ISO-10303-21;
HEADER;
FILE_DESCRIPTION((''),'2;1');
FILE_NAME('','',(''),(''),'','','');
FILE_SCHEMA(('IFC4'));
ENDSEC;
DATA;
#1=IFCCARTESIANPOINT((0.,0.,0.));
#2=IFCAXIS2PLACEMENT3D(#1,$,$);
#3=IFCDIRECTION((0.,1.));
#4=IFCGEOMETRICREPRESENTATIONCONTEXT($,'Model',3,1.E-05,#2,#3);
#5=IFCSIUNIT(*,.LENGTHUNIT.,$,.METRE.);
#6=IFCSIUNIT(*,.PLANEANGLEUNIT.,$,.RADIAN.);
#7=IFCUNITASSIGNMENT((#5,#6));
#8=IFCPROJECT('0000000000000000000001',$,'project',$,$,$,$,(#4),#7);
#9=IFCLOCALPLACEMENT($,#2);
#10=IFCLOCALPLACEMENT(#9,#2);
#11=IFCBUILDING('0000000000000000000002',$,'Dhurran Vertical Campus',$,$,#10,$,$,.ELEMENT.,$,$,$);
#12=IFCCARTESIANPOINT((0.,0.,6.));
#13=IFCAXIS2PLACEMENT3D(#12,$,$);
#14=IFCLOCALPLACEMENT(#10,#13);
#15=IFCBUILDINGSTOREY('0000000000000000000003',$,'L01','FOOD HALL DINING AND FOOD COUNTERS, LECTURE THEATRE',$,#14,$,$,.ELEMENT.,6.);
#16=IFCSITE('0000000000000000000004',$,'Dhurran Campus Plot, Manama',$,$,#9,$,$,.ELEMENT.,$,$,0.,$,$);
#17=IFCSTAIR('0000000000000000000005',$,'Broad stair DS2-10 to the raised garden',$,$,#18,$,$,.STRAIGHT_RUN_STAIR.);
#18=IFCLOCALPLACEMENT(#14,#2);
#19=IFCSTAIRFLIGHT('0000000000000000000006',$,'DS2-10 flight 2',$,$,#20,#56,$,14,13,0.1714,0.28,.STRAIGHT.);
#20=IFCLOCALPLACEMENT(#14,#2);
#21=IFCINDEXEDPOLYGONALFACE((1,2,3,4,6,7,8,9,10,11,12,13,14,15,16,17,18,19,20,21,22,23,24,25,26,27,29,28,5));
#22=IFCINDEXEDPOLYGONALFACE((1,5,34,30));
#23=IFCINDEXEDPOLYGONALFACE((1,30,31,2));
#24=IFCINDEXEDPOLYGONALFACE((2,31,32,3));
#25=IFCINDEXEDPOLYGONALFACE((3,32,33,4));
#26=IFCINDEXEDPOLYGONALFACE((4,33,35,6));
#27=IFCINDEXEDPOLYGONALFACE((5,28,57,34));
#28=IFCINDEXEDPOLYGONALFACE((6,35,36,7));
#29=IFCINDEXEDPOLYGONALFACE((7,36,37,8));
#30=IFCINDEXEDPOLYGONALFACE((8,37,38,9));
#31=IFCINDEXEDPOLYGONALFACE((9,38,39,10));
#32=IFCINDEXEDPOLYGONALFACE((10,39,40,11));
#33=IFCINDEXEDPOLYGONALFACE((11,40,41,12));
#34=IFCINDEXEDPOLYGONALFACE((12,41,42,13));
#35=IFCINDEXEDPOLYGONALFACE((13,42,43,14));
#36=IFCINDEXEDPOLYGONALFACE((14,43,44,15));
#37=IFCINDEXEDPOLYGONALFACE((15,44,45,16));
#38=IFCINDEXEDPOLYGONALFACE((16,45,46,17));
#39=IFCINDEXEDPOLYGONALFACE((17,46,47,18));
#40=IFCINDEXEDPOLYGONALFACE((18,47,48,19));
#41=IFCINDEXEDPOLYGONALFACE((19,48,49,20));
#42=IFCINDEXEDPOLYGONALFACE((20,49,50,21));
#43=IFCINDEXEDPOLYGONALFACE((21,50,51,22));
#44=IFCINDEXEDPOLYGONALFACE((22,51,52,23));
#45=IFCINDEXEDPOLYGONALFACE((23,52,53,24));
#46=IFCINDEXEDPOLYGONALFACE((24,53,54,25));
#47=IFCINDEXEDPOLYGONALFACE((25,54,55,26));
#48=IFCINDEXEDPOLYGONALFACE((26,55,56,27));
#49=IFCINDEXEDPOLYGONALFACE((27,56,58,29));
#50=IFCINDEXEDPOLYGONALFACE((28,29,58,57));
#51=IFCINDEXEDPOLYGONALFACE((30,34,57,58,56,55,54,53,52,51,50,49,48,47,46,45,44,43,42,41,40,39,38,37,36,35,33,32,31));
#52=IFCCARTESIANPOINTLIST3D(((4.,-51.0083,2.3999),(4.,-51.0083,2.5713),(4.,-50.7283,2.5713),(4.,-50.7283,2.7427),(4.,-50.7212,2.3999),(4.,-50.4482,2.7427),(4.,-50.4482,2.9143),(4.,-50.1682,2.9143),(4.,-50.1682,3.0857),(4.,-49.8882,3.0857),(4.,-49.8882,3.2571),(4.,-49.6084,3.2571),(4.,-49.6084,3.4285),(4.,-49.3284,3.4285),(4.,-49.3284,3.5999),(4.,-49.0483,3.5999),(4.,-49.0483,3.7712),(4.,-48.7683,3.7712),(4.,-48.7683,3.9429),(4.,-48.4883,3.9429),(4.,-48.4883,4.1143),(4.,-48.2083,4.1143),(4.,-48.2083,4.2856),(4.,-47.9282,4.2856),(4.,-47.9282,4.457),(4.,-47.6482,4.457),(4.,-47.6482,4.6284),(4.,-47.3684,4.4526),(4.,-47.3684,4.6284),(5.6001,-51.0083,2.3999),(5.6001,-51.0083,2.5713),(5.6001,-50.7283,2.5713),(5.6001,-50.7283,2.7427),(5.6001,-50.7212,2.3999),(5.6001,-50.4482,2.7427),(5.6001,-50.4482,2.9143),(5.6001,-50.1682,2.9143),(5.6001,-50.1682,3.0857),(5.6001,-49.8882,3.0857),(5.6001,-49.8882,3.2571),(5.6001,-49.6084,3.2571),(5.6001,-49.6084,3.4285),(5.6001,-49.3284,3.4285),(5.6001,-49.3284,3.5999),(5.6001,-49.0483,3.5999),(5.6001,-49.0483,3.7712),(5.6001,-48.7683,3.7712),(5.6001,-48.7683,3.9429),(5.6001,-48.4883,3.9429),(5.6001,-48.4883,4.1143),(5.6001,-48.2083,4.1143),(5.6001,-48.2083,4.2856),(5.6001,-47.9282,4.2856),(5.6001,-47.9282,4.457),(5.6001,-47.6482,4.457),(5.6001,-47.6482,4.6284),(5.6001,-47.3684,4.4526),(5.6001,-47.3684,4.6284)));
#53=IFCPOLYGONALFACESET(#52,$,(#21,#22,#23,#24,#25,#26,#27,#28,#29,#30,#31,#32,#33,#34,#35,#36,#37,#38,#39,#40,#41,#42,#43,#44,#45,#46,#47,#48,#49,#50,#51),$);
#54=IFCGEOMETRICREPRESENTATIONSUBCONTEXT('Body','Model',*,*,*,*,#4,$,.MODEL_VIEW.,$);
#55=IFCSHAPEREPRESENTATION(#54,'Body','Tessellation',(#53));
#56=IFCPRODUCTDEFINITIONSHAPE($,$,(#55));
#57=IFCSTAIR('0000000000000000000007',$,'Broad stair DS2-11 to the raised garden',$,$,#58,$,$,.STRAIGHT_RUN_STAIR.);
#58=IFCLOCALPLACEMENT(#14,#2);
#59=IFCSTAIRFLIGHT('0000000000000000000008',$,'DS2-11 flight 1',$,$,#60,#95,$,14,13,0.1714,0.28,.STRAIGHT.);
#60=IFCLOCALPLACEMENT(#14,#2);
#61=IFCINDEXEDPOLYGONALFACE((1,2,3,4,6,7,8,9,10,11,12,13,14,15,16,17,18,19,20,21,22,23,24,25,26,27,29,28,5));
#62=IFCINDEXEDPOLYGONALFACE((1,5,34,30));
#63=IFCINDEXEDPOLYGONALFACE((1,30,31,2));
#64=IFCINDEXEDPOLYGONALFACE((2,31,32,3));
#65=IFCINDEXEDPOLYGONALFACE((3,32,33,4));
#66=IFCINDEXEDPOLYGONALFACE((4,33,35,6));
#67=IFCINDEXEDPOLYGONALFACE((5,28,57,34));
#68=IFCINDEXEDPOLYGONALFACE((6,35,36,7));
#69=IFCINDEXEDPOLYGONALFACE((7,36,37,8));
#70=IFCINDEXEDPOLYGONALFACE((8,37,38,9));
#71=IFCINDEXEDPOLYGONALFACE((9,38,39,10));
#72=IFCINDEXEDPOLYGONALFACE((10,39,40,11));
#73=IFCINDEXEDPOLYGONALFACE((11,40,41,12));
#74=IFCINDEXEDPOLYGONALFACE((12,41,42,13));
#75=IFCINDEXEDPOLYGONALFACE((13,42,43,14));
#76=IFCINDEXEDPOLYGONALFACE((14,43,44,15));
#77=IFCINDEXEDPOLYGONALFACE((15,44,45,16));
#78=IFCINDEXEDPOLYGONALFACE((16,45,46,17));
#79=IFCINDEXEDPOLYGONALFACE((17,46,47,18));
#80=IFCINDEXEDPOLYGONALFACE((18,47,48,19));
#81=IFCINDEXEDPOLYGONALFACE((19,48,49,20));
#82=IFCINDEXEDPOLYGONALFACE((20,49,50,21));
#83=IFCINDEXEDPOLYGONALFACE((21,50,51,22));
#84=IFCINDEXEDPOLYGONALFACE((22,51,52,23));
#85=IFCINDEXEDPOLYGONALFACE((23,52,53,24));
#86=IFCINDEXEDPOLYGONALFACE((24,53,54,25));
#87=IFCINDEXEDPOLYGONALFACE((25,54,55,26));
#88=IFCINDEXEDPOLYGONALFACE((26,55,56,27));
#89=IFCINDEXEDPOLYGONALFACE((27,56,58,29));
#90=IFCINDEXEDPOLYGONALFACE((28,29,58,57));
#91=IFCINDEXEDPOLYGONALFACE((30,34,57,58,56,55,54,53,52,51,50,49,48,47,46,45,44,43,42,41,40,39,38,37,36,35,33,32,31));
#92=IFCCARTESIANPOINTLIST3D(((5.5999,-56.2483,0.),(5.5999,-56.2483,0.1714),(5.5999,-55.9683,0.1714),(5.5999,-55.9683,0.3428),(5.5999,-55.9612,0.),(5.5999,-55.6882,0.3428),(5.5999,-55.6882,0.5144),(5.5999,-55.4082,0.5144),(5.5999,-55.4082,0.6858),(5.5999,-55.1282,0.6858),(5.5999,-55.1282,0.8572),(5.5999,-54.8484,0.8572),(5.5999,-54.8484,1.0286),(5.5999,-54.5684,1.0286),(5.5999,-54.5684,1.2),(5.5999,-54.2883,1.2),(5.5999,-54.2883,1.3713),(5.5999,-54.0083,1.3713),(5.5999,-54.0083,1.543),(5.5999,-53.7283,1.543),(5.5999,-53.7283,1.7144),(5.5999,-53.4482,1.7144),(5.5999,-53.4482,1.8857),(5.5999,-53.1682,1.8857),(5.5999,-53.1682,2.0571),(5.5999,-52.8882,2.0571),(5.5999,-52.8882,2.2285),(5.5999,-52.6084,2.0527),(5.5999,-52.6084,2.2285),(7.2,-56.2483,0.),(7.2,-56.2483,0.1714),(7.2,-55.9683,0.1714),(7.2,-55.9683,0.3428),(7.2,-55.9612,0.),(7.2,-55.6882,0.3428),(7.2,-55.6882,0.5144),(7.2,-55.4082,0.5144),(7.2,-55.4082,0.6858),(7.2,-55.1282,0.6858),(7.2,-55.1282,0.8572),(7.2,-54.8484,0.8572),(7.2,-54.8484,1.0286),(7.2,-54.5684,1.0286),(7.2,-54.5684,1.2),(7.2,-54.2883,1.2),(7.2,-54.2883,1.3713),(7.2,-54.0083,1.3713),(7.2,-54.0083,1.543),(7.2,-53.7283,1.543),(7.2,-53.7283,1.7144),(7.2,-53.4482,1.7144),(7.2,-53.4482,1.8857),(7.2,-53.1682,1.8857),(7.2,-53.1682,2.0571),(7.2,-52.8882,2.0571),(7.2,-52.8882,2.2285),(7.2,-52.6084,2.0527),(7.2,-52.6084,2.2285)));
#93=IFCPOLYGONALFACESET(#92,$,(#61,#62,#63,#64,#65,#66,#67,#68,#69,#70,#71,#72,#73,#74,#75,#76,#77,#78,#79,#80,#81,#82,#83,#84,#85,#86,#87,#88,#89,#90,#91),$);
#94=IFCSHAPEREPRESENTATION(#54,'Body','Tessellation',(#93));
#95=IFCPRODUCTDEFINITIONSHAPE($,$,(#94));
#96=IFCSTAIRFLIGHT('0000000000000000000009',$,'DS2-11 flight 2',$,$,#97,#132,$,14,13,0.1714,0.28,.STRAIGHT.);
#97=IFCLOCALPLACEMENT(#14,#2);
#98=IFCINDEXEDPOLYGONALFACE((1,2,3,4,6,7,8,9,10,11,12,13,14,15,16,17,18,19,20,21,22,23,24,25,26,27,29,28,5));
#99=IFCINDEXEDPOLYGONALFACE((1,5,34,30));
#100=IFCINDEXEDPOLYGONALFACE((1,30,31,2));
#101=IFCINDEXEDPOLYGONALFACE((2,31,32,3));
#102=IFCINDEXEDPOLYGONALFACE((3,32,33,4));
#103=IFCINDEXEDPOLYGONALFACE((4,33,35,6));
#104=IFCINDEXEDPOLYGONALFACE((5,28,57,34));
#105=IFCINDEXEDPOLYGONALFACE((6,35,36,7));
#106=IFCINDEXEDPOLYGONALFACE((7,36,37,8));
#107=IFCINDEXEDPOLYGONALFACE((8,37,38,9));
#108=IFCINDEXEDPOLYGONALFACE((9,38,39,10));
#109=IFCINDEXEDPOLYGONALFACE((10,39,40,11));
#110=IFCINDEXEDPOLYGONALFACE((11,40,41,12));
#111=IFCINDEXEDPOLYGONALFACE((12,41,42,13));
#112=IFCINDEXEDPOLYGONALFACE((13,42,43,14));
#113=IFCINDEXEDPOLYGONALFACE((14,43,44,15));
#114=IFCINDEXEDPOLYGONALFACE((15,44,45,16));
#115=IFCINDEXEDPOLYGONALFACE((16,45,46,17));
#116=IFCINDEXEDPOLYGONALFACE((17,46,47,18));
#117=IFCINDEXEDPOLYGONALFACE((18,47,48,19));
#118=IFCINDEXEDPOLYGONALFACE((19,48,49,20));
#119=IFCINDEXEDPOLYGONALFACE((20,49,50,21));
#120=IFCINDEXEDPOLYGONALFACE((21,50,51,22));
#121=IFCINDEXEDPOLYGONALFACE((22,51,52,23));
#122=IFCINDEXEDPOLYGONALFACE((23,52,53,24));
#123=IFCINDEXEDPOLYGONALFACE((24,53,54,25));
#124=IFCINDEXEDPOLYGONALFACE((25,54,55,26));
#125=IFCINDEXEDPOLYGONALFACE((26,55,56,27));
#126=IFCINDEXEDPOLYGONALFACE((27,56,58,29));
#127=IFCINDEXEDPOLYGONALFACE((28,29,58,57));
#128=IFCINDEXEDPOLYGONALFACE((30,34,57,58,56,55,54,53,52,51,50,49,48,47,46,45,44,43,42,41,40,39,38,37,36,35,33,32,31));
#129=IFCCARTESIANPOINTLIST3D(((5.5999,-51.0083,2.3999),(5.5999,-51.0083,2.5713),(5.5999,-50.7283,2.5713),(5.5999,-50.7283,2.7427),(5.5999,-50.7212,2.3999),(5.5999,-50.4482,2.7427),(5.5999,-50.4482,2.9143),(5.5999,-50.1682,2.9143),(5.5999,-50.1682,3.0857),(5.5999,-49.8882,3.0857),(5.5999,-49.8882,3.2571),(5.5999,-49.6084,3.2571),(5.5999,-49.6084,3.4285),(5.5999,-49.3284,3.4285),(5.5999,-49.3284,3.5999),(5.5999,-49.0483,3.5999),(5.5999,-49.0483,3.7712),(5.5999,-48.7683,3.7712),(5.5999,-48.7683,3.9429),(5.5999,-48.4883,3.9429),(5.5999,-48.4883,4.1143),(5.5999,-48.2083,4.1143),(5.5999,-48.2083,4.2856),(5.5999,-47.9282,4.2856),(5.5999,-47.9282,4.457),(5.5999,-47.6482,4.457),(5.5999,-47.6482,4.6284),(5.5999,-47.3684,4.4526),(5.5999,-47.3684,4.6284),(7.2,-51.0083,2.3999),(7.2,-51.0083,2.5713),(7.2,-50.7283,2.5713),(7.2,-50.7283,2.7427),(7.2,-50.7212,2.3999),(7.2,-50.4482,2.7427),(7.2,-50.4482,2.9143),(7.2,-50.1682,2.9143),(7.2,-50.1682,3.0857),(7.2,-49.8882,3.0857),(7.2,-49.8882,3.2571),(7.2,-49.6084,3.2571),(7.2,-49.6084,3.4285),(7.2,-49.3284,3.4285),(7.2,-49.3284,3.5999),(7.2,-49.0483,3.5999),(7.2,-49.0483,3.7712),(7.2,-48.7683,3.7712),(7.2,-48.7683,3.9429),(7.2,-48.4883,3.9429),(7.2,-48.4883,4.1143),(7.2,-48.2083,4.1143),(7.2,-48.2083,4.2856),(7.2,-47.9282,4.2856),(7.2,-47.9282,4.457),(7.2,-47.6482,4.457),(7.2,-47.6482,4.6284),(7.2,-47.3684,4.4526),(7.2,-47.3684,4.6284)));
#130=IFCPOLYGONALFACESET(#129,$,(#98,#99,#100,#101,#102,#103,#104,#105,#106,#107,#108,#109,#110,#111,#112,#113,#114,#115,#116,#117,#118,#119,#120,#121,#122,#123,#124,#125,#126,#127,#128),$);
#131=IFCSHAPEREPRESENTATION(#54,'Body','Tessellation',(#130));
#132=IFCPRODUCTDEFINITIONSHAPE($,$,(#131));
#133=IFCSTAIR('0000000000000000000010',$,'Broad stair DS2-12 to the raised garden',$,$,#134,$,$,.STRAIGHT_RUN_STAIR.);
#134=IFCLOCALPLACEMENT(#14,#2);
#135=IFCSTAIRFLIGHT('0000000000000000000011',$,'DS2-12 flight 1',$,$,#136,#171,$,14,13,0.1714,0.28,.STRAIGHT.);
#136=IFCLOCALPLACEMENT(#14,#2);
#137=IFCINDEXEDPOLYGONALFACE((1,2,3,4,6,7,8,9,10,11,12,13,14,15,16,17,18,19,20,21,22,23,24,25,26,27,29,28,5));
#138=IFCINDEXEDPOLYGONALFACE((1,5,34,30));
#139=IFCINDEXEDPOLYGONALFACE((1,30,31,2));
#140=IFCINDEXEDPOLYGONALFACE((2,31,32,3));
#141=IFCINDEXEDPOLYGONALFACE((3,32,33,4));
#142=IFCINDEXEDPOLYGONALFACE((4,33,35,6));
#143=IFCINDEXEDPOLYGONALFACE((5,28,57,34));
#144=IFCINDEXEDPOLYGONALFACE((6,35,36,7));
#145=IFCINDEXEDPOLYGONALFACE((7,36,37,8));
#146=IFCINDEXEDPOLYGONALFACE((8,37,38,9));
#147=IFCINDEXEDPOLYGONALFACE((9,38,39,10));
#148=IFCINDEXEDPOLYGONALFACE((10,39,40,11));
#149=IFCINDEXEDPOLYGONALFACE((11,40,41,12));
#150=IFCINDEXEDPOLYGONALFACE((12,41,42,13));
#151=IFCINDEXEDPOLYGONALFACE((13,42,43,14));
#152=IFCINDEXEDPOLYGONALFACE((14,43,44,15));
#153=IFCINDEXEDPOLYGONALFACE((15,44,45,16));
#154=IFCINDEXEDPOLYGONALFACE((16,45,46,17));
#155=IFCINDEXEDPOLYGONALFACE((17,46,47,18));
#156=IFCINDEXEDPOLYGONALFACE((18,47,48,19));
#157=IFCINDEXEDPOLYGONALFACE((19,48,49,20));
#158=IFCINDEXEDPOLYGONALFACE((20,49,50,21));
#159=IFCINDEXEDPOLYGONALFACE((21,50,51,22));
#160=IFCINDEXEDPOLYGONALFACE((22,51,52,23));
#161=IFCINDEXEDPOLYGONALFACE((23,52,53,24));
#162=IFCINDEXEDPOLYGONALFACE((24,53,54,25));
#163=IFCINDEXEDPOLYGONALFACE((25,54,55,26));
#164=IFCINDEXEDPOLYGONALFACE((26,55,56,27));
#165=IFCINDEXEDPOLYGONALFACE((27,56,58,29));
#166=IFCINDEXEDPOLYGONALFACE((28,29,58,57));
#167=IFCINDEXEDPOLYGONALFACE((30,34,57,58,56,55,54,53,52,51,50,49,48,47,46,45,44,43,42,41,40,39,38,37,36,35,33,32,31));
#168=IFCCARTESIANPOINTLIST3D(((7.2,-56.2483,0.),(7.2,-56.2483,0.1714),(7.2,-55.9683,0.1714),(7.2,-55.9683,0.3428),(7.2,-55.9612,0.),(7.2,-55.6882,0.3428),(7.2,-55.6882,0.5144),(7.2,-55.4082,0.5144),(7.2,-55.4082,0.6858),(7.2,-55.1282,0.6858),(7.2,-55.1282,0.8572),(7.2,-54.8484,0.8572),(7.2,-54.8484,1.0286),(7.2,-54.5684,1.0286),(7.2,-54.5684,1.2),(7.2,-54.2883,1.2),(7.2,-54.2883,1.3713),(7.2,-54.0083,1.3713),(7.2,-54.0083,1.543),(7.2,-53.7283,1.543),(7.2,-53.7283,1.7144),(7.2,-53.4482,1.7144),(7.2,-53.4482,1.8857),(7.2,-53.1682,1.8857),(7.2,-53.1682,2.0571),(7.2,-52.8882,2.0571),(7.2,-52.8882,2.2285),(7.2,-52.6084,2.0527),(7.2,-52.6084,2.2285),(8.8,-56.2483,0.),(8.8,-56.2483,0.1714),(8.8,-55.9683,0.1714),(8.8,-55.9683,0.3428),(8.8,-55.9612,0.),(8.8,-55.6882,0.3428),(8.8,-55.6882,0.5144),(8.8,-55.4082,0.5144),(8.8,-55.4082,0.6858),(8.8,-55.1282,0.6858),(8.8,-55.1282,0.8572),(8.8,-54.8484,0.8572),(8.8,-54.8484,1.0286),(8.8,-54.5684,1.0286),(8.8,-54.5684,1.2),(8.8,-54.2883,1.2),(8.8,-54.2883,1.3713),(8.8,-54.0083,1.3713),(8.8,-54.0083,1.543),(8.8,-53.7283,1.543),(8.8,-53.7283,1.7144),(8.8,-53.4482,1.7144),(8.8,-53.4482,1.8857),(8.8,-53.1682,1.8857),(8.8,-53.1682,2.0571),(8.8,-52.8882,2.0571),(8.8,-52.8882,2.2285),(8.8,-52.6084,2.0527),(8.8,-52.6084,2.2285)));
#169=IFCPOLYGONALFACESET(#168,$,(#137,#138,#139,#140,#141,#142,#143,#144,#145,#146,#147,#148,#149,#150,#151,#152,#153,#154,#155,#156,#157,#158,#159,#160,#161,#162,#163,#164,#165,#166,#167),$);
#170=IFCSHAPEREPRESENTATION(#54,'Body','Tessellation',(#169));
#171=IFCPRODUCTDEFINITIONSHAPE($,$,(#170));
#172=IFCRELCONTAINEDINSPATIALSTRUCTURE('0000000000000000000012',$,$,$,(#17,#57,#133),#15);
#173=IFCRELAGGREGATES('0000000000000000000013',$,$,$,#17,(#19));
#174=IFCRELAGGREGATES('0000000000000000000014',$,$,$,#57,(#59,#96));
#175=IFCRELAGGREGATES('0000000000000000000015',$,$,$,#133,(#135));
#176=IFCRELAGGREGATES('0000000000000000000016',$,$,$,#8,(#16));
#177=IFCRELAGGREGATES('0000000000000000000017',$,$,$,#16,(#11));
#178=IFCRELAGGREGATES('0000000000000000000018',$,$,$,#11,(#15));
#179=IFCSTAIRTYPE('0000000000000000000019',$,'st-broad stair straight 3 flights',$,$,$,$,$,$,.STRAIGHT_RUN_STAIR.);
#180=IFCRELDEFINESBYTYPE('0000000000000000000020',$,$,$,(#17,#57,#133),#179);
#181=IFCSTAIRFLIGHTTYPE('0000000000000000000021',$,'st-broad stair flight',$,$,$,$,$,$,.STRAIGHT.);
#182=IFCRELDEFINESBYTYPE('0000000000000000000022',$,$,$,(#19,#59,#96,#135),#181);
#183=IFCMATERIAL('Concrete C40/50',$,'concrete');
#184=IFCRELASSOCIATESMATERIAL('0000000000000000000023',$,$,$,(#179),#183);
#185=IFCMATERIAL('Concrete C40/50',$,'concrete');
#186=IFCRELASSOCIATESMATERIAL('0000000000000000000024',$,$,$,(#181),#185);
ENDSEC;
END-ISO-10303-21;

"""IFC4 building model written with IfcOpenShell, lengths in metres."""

from ifc_helpers import new_model, si_unit, direction, frame, origin, place, context, subcontext, project, spatial, polyline, outline, extrude, material, type_object, element, aggregate, save


model = new_model("IFC4")

# Units and contexts
model_context = context("Model", 3, precision=1e-05, world=origin(), true_north=direction((0.0, 1.0)))
body_context = subcontext(model_context, "Body", "Model", "MODEL_VIEW")
ifc_project = project(units=[si_unit("LENGTHUNIT", "METRE"), si_unit("PLANEANGLEUNIT", "RADIAN")], contexts=[model_context])

# Site, building, storey
site_placement = place(None, origin())
site = spatial("IfcSite", under=ifc_project, at=site_placement, Name="Dhurran Campus Plot, Manama", CompositionType="ELEMENT", RefElevation=0.0)
building_placement = place(site_placement, origin())
building = spatial("IfcBuilding", under=site, at=building_placement, Name="Dhurran Vertical Campus", CompositionType="ELEMENT")
storey_placement = place(building_placement, frame((0.0, 0.0, 6.0)))
storey = spatial("IfcBuildingStorey", under=building, at=storey_placement, Name="L01", Description="FOOD HALL DINING AND FOOD COUNTERS, LECTURE THEATRE", CompositionType="ELEMENT", Elevation=6.0)

# Stairs, stair flights
ifc_material_1 = material(Name="Concrete C40/50", Category="concrete")
stair_type = type_object("IfcStairType", Name="st-broad stair straight 3 flights", PredefinedType="STRAIGHT_RUN_STAIR", material=ifc_material_1)
stair_1_placement = place(storey_placement, origin())
stair_1 = element("IfcStair", 1, at=stair_1_placement, inside=storey, type_object=stair_type, Name="Broad stair DS2-10 to the raised garden", PredefinedType="STRAIGHT_RUN_STAIR")
ifc_material_2 = material(Name="Concrete C40/50", Category="concrete")
stair_flight_type = type_object("IfcStairFlightType", Name="st-broad stair flight", PredefinedType="STRAIGHT", material=ifc_material_2)
stair_flight_1_placement = place(storey_placement, frame((4.8, -51.0083, 2.3999), z_axis=(0.0, 0.0, 1.0), x_axis=(0.0, 1.0, 0.0)))
stair_flight_1 = element("IfcStairFlight", 2, at=stair_flight_1_placement, type_object=stair_flight_type, Name="DS2-10 flight 2", NumberOfRisers=14, NumberOfTreads=13, PredefinedType="STRAIGHT", RiserHeight=0.1714, TreadLength=0.28, context=body_context, shape_type="SweptSolid", body=[
    extrude(outline(polyline([(0.0, 0.0), (0.0, 0.1714), (0.28, 0.1714), (0.28, 0.3428), (0.5601, 0.3428), (0.5601, 0.5144), (0.8401, 0.5144), (0.8401, 0.6858), (1.1201, 0.6858), (1.1201, 0.8572), (1.3999, 0.8572), (1.3999, 1.0286), (1.6799, 1.0286), (1.6799, 1.2), (1.96, 1.2), (1.96, 1.3713), (2.24, 1.3713), (2.24, 1.543), (2.52, 1.543), (2.52, 1.7144), (2.8, 1.7144), (2.8, 1.8857), (3.0801, 1.8857), (3.0801, 2.0571), (3.3601, 2.0571), (3.3601, 2.2285), (3.6399, 2.2285), (3.6399, 2.3999), (3.6399, 2.0527), (0.2871, 0.0), (0.0, 0.0)])), frame((0.0, 0.8, 0.0), z_axis=(0.0, -1.0, 0.0), x_axis=(1.0, 0.0, 0.0)), (0.0, 0.0, 1.0), 1.6001),
])
aggregate(stair_1, [stair_flight_1])
stair_2_placement = place(storey_placement, origin())
stair_2 = element("IfcStair", 3, at=stair_2_placement, inside=storey, type_object=stair_type, Name="Broad stair DS2-11 to the raised garden", PredefinedType="STRAIGHT_RUN_STAIR")
stair_flight_2_placement = place(storey_placement, frame((6.3999, -56.2483, 0.0), z_axis=(0.0, 0.0, 1.0), x_axis=(0.0, 1.0, 0.0)))
stair_flight_2 = element("IfcStairFlight", 4, at=stair_flight_2_placement, type_object=stair_flight_type, Name="DS2-11 flight 1", NumberOfRisers=14, NumberOfTreads=13, PredefinedType="STRAIGHT", RiserHeight=0.1714, TreadLength=0.28, context=body_context, shape_type="SweptSolid", body=[
    extrude(outline(polyline([(0.0, 0.0), (0.0, 0.1714), (0.28, 0.1714), (0.28, 0.3428), (0.5601, 0.3428), (0.5601, 0.5144), (0.8401, 0.5144), (0.8401, 0.6858), (1.1201, 0.6858), (1.1201, 0.8572), (1.3999, 0.8572), (1.3999, 1.0286), (1.6799, 1.0286), (1.6799, 1.2), (1.96, 1.2), (1.96, 1.3713), (2.24, 1.3713), (2.24, 1.543), (2.52, 1.543), (2.52, 1.7144), (2.8, 1.7144), (2.8, 1.8857), (3.0801, 1.8857), (3.0801, 2.0571), (3.3601, 2.0571), (3.3601, 2.2285), (3.6399, 2.2285), (3.6399, 2.3999), (3.6399, 2.0527), (0.2871, 0.0), (0.0, 0.0)])), frame((0.0, 0.8, 0.0), z_axis=(0.0, -1.0, 0.0), x_axis=(1.0, 0.0, 0.0)), (0.0, 0.0, 1.0), 1.6001),
])
stair_flight_3_placement = place(storey_placement, frame((6.3999, -51.0083, 2.3999), z_axis=(0.0, 0.0, 1.0), x_axis=(0.0, 1.0, 0.0)))
stair_flight_3 = element("IfcStairFlight", 5, at=stair_flight_3_placement, type_object=stair_flight_type, Name="DS2-11 flight 2", NumberOfRisers=14, NumberOfTreads=13, PredefinedType="STRAIGHT", RiserHeight=0.1714, TreadLength=0.28, context=body_context, shape_type="SweptSolid", body=[
    extrude(outline(polyline([(0.0, 0.0), (0.0, 0.1714), (0.28, 0.1714), (0.28, 0.3428), (0.5601, 0.3428), (0.5601, 0.5144), (0.8401, 0.5144), (0.8401, 0.6858), (1.1201, 0.6858), (1.1201, 0.8572), (1.3999, 0.8572), (1.3999, 1.0286), (1.6799, 1.0286), (1.6799, 1.2), (1.96, 1.2), (1.96, 1.3713), (2.24, 1.3713), (2.24, 1.543), (2.52, 1.543), (2.52, 1.7144), (2.8, 1.7144), (2.8, 1.8857), (3.0801, 1.8857), (3.0801, 2.0571), (3.3601, 2.0571), (3.3601, 2.2285), (3.6399, 2.2285), (3.6399, 2.3999), (3.6399, 2.0527), (0.2871, 0.0), (0.0, 0.0)])), frame((0.0, 0.8, 0.0), z_axis=(0.0, -1.0, 0.0), x_axis=(1.0, 0.0, 0.0)), (0.0, 0.0, 1.0), 1.6001),
])
aggregate(stair_2, [stair_flight_2, stair_flight_3])
stair_3_placement = place(storey_placement, origin())
stair_3 = element("IfcStair", 6, at=stair_3_placement, inside=storey, type_object=stair_type, Name="Broad stair DS2-12 to the raised garden", PredefinedType="STRAIGHT_RUN_STAIR")
stair_flight_4_placement = place(storey_placement, frame((8.0, -56.2483, 0.0), z_axis=(0.0, 0.0, 1.0), x_axis=(0.0, 1.0, 0.0)))
stair_flight_4 = element("IfcStairFlight", 7, at=stair_flight_4_placement, type_object=stair_flight_type, Name="DS2-12 flight 1", NumberOfRisers=14, NumberOfTreads=13, PredefinedType="STRAIGHT", RiserHeight=0.1714, TreadLength=0.28, context=body_context, shape_type="SweptSolid", body=[
    extrude(outline(polyline([(0.0, 0.0), (0.0, 0.1714), (0.28, 0.1714), (0.28, 0.3428), (0.5601, 0.3428), (0.5601, 0.5144), (0.8401, 0.5144), (0.8401, 0.6858), (1.1201, 0.6858), (1.1201, 0.8572), (1.3999, 0.8572), (1.3999, 1.0286), (1.6799, 1.0286), (1.6799, 1.2), (1.96, 1.2), (1.96, 1.3713), (2.24, 1.3713), (2.24, 1.543), (2.52, 1.543), (2.52, 1.7144), (2.8, 1.7144), (2.8, 1.8857), (3.0801, 1.8857), (3.0801, 2.0571), (3.3601, 2.0571), (3.3601, 2.2285), (3.6399, 2.2285), (3.6399, 2.3999), (3.6399, 2.0527), (0.2871, 0.0), (0.0, 0.0)])), frame((0.0, 0.8, 0.0), z_axis=(0.0, -1.0, 0.0), x_axis=(1.0, 0.0, 0.0)), (0.0, 0.0, 1.0), 1.6001),
])
aggregate(stair_3, [stair_flight_4])

save(model, "model.ifc")
